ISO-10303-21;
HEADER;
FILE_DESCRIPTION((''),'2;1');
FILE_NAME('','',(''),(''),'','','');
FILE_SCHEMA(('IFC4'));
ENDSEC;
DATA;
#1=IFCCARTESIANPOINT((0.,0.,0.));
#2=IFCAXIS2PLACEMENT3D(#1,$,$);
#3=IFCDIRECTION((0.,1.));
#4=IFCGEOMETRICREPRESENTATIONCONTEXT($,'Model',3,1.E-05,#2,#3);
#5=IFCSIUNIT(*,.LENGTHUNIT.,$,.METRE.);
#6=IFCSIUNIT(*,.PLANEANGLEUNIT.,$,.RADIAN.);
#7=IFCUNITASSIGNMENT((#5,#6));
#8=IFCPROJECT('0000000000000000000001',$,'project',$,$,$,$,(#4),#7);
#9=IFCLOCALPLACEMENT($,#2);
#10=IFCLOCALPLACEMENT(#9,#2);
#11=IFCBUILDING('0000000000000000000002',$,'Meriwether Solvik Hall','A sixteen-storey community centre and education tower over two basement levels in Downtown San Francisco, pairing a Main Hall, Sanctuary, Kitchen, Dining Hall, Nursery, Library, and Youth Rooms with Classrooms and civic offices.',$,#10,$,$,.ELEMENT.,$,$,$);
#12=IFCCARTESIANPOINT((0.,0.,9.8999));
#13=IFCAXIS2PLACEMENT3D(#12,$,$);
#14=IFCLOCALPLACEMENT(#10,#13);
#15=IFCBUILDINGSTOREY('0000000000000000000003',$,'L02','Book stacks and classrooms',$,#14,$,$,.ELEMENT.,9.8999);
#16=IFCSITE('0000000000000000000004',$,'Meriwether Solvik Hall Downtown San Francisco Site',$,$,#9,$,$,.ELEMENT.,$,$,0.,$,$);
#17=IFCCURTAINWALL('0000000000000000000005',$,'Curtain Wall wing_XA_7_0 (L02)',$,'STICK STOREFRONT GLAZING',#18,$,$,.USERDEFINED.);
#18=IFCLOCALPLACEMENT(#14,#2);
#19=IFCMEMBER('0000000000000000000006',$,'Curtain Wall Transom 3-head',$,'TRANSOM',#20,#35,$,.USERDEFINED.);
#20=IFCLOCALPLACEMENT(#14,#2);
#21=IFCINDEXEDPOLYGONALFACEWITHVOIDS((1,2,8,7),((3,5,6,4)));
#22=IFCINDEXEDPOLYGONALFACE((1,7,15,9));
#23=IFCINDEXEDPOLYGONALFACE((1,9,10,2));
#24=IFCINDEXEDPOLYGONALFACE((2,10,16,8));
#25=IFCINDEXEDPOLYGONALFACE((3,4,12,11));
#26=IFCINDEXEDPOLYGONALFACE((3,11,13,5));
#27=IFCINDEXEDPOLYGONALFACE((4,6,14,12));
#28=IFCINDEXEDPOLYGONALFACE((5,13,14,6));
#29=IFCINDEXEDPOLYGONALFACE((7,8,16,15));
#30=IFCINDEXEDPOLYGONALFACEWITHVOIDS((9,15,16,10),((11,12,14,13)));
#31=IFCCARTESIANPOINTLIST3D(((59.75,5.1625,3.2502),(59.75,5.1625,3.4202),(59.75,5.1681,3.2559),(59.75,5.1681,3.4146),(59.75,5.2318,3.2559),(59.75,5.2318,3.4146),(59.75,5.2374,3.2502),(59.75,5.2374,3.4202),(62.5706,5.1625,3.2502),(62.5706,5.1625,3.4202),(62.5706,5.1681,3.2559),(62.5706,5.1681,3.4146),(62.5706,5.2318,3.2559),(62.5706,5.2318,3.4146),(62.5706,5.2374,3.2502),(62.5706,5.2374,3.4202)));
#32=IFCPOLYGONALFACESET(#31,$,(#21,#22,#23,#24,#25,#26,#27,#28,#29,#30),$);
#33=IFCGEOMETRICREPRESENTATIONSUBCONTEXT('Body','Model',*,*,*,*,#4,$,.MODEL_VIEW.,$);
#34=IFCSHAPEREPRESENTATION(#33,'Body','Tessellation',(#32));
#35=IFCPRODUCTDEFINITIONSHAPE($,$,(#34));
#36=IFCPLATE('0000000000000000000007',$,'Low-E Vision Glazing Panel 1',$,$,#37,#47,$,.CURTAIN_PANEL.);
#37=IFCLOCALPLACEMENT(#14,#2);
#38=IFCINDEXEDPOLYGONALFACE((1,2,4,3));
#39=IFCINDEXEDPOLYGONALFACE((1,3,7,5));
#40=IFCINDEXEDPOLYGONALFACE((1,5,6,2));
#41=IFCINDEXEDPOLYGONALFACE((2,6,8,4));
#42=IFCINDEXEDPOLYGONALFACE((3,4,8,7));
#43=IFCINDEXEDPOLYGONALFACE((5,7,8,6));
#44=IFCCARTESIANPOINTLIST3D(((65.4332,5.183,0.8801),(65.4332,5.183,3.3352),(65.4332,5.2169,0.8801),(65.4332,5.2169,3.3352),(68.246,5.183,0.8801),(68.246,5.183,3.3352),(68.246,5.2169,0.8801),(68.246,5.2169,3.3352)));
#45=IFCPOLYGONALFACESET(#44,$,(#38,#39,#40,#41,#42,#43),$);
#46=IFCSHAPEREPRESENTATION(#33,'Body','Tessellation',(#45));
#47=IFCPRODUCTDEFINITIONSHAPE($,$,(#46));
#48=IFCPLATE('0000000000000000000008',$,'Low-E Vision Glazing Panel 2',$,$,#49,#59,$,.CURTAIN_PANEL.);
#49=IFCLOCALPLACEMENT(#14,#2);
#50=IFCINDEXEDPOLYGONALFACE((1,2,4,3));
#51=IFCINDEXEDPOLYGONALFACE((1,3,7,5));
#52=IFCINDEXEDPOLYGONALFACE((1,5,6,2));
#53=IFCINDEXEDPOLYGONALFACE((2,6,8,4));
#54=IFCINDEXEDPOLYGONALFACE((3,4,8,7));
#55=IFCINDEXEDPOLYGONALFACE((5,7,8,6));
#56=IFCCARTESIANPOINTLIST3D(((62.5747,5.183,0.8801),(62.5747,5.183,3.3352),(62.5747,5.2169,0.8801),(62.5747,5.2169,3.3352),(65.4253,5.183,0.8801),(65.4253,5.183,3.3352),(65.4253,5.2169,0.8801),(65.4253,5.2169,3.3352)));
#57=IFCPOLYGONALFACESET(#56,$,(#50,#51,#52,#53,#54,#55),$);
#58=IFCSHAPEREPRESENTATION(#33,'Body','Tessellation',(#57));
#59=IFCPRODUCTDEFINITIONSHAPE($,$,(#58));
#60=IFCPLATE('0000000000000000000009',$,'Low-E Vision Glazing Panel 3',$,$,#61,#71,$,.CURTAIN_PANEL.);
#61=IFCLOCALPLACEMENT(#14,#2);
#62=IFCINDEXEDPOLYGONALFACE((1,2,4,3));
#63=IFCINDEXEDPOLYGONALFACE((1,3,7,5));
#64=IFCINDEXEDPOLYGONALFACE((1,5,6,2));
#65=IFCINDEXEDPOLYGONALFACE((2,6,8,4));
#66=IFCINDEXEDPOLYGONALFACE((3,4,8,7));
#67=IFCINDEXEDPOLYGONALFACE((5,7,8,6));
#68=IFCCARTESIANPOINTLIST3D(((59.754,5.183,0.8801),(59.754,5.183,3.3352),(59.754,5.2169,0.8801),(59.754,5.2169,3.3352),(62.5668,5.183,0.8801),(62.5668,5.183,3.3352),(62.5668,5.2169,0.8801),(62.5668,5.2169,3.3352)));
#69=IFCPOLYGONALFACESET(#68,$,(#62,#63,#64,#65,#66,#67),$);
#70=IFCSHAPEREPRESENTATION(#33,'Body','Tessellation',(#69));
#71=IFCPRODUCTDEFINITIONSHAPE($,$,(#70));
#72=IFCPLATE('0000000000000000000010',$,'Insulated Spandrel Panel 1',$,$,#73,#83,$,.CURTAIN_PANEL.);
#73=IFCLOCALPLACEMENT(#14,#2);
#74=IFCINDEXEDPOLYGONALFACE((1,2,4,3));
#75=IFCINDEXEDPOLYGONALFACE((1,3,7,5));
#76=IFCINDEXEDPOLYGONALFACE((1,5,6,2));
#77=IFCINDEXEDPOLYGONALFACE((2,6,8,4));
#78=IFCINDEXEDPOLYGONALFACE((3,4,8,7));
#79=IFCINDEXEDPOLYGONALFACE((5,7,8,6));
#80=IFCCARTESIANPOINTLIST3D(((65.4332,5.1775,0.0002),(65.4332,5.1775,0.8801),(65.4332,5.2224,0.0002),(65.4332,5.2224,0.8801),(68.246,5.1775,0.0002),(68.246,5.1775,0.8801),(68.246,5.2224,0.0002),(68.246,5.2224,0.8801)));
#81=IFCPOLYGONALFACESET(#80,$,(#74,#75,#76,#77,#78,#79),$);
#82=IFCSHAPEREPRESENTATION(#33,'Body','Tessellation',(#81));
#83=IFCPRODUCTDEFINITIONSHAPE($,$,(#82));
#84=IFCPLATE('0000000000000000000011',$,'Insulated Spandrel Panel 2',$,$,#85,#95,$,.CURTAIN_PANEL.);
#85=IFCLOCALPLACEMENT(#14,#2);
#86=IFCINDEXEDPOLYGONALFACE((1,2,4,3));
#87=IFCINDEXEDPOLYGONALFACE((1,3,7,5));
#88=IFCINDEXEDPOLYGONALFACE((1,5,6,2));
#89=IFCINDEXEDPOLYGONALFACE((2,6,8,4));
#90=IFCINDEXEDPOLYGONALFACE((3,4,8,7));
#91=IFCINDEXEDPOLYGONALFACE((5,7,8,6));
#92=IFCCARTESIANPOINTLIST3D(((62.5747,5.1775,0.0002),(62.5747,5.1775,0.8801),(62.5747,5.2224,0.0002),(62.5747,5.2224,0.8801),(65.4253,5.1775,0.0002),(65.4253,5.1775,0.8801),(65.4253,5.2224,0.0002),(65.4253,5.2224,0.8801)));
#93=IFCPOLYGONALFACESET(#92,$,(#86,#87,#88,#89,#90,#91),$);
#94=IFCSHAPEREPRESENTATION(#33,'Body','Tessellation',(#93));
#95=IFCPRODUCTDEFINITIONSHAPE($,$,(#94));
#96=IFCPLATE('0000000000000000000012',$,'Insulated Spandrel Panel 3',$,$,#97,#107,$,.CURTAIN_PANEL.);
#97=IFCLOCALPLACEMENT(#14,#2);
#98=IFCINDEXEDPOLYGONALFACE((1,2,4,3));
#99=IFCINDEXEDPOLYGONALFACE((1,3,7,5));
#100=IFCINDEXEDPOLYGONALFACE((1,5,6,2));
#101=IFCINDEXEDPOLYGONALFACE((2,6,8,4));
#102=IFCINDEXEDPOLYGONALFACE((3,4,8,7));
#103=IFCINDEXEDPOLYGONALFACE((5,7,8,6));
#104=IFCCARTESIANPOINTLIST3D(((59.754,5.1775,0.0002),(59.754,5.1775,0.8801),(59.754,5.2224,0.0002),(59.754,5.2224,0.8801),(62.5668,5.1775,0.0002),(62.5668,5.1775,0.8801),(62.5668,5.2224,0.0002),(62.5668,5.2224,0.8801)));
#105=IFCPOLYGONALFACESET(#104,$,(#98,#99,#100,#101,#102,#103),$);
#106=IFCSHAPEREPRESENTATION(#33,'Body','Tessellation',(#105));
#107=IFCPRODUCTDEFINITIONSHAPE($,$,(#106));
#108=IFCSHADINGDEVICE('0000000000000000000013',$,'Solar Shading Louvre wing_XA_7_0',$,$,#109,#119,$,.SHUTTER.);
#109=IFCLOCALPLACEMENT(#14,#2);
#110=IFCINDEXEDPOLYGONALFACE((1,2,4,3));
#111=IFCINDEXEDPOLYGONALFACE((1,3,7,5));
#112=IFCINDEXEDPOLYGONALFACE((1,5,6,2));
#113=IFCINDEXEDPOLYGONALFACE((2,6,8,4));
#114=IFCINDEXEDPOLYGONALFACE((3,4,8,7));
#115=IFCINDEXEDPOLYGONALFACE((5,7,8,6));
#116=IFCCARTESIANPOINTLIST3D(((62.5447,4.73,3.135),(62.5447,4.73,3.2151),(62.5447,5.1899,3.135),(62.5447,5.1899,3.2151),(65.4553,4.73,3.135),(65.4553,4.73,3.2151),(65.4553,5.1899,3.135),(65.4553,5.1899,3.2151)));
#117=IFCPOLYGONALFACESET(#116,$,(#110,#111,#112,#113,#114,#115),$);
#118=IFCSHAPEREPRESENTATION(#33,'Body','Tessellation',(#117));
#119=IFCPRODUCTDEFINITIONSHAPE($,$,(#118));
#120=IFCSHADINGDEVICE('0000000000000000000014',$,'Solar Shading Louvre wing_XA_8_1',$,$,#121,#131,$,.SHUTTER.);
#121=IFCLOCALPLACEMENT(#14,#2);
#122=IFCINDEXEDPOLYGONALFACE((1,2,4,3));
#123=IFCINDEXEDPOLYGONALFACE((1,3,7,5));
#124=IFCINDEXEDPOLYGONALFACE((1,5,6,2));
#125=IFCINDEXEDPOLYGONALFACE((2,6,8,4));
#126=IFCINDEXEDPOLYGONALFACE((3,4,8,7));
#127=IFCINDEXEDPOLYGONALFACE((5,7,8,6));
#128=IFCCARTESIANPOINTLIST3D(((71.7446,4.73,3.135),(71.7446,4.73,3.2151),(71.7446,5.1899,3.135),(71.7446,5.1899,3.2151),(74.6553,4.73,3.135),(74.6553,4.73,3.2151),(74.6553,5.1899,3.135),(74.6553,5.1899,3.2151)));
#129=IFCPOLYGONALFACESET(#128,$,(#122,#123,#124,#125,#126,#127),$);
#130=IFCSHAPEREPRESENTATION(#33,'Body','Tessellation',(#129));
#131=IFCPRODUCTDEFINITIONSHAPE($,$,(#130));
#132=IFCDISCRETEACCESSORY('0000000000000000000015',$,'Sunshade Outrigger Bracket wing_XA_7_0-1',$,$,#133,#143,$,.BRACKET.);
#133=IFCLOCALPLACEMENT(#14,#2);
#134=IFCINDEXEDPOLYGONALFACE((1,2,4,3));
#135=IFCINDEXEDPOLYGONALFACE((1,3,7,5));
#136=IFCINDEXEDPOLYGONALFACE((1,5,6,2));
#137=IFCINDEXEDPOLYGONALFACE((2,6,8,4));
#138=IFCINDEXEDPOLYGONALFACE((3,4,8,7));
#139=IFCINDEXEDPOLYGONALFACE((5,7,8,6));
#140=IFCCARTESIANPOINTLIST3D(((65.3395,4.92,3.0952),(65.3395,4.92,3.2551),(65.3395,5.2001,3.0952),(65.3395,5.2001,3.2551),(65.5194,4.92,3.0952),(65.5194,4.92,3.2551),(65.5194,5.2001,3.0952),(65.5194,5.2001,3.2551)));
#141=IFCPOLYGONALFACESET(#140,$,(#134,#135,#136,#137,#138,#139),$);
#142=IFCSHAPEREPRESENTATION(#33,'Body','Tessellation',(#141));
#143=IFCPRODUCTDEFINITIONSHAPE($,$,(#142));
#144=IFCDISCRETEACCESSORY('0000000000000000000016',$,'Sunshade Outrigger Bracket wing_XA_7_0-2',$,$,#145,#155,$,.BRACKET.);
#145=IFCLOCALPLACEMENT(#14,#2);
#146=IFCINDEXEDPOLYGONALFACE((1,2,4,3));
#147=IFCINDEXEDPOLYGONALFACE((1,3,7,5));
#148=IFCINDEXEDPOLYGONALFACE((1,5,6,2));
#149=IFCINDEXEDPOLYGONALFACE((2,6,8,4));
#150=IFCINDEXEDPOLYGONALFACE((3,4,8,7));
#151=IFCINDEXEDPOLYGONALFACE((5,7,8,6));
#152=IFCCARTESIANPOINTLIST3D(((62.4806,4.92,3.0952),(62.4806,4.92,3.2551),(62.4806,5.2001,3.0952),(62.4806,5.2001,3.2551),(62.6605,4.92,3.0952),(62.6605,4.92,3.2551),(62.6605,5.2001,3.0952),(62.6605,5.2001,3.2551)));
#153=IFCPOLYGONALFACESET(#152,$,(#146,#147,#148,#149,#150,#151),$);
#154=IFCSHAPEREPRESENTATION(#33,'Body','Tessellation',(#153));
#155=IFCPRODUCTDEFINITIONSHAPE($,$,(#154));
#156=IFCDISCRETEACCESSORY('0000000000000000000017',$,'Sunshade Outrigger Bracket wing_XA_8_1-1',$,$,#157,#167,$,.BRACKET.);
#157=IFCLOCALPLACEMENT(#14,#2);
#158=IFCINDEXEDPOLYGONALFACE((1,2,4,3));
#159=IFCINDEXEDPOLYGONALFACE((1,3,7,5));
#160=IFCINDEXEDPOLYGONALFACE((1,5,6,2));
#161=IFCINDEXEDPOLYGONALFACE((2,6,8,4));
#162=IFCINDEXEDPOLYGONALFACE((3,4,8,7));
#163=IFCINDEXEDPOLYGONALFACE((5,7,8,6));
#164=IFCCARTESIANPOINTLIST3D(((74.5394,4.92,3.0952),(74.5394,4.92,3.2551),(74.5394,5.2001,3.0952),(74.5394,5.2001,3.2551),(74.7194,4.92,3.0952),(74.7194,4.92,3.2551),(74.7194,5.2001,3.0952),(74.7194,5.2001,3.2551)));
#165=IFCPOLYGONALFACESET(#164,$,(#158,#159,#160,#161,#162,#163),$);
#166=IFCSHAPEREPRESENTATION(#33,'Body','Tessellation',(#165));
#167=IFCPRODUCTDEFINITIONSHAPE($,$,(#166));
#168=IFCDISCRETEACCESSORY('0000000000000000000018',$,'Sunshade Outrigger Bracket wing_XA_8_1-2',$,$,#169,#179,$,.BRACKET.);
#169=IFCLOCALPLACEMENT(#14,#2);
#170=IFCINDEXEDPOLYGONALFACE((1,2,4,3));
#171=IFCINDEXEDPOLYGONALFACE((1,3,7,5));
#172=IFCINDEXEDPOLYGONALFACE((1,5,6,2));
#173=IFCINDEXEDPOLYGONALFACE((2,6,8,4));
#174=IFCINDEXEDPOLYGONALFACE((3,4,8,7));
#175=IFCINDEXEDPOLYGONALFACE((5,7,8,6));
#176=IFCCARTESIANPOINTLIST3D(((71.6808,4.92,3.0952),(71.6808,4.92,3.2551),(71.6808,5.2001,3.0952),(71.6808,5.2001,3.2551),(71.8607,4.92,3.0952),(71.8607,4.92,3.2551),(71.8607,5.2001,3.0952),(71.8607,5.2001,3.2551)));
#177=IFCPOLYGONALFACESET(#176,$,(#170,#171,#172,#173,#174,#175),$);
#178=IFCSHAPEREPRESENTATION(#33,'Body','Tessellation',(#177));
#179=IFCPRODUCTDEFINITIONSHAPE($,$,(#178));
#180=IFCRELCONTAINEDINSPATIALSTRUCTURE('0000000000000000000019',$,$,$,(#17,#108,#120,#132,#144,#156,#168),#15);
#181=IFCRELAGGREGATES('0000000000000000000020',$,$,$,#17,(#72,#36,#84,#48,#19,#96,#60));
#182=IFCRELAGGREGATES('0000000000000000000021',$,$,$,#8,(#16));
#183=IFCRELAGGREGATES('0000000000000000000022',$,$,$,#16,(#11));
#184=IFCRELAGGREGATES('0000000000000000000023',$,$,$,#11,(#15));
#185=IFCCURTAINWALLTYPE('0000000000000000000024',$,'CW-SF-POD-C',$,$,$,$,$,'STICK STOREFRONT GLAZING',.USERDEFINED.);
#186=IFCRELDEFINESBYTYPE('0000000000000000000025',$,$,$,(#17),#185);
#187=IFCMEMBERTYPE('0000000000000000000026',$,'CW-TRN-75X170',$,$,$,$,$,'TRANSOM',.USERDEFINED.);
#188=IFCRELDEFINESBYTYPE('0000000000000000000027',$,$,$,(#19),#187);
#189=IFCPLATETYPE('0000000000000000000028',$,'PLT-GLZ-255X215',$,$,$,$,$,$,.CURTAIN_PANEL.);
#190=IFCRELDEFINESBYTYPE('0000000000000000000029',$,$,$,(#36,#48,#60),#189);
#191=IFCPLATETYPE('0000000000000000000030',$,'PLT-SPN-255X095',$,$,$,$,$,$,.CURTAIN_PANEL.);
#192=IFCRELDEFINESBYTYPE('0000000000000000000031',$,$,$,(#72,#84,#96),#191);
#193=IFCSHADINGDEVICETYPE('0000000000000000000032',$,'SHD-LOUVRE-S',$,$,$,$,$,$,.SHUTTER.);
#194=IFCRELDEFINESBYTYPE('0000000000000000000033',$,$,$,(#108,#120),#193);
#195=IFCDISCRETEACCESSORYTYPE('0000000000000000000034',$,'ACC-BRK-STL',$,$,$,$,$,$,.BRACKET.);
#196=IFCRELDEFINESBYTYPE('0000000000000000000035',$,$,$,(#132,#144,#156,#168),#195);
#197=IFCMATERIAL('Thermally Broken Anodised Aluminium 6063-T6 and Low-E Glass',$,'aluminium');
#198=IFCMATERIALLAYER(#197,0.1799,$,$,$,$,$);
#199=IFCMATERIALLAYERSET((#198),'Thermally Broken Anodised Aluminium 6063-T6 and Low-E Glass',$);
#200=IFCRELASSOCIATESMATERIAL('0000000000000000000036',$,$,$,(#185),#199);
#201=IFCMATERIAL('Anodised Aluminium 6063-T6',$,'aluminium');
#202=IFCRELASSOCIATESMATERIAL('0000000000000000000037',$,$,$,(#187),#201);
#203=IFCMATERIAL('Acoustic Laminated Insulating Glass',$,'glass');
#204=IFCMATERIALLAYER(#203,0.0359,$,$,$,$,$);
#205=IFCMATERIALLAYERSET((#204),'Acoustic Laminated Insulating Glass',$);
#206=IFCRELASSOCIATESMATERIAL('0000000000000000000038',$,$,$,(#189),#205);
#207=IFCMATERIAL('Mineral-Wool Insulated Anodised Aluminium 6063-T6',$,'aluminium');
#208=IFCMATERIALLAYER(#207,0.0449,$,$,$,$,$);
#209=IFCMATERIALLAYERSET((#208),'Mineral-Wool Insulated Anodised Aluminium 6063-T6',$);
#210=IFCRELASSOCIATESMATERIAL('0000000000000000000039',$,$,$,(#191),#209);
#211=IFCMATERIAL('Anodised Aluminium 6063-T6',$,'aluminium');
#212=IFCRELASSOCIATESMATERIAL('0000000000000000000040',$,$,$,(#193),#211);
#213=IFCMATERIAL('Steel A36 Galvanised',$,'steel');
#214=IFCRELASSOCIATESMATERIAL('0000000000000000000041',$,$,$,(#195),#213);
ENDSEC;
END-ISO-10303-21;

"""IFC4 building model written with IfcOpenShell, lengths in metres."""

from ifc_helpers import new_model, si_unit, direction, frame, origin, origin_2d, place, context, subcontext, project, spatial, rectangle, hollow_rectangle, extrude, material, layer, layer_set, material_profile, profile_set, type_object, element, aggregate, save


model = new_model("IFC4")

# Units and contexts
model_context = context("Model", 3, precision=1e-05, world=origin(), true_north=direction((0.0, 1.0)))
body_context = subcontext(model_context, "Body", "Model", "MODEL_VIEW")
ifc_project = project(units=[si_unit("LENGTHUNIT", "METRE"), si_unit("PLANEANGLEUNIT", "RADIAN")], contexts=[model_context])

# Site, building, storey
site_placement = place(None, origin())
site = spatial("IfcSite", under=ifc_project, at=site_placement, Name="Meriwether Solvik Hall Downtown San Francisco Site", CompositionType="ELEMENT", RefElevation=0.0)
building_placement = place(site_placement, origin())
building = spatial("IfcBuilding", under=site, at=building_placement, Name="Meriwether Solvik Hall", Description="A sixteen-storey community centre and education tower over two basement levels in Downtown San Francisco, pairing a Main Hall, Sanctuary, Kitchen, Dining Hall, Nursery, Library, and Youth Rooms with Classrooms and civic offices.", CompositionType="ELEMENT")
storey_placement = place(building_placement, frame((0.0, 0.0, 9.8999)))
storey = spatial("IfcBuildingStorey", under=building, at=storey_placement, Name="L02", Description="Book stacks and classrooms", CompositionType="ELEMENT", Elevation=9.8999)

# Curtain wall, member, plates
ifc_material_1 = material(Name="Thermally Broken Anodised Aluminium 6063-T6 and Low-E Glass", Category="aluminium")
ifc_layer_1 = layer(ifc_material_1, 0.1799)
ifc_layer_set_1 = layer_set([ifc_layer_1], Name="Thermally Broken Anodised Aluminium 6063-T6 and Low-E Glass")
curtain_wall_type = type_object("IfcCurtainWallType", Name="CW-SF-POD-C", ElementType="STICK STOREFRONT GLAZING", PredefinedType="USERDEFINED", material=ifc_layer_set_1)
curtain_wall_placement = place(storey_placement, origin())
curtain_wall = element("IfcCurtainWall", 1, at=curtain_wall_placement, inside=storey, type_object=curtain_wall_type, Name="Curtain Wall wing_XA_7_0 (L02)", ObjectType="STICK STOREFRONT GLAZING", PredefinedType="USERDEFINED")
ifc_material_2 = material(Name="Anodised Aluminium 6063-T6", Category="aluminium")
ifc_material_profile_1 = material_profile(ifc_material_2, hollow_rectangle(XDim=0.075, YDim=0.1699, WallThickness=0.0056, at=origin_2d()), Name="CWT-75X170")
ifc_profile_set_1 = profile_set([ifc_material_profile_1], Name="Anodised Aluminium 6063-T6")
member_type_1 = type_object("IfcMemberType", Name="CW-TRN-75X170", ElementType="TRANSOM", PredefinedType="USERDEFINED", material=ifc_profile_set_1)
member_1_placement = place(storey_placement, frame((62.5706, 5.2, 3.3352), z_axis=(-1.0, 0.0, 0.0), x_axis=(0.0, -1.0, 0.0)))
member_1 = element("IfcMember", 2, at=member_1_placement, type_object=member_type_1, Name="Curtain Wall Transom 3-head", ObjectType="TRANSOM", PredefinedType="USERDEFINED", context=body_context, shape_type="SweptSolid", body=[
    extrude(hollow_rectangle(XDim=0.075, YDim=0.1699, WallThickness=0.0056, at=origin_2d()), origin(), (0.0, 0.0, 1.0), 2.8206),
])
ifc_material_3 = material(Name="Acoustic Laminated Insulating Glass", Category="glass")
ifc_layer_2 = layer(ifc_material_3, 0.0359)
ifc_layer_set_2 = layer_set([ifc_layer_2], Name="Acoustic Laminated Insulating Glass")
plate_type_1 = type_object("IfcPlateType", Name="PLT-GLZ-255X215", PredefinedType="CURTAIN_PANEL", material=ifc_layer_set_2)
plate_1_placement = place(storey_placement, frame((66.8396, 5.2, 0.8801), z_axis=(0.0, 0.0, 1.0), x_axis=(-1.0, 0.0, 0.0)))
plate_1 = element("IfcPlate", 3, at=plate_1_placement, type_object=plate_type_1, Name="Low-E Vision Glazing Panel 1", PredefinedType="CURTAIN_PANEL", context=body_context, shape_type="SweptSolid", body=[
    extrude(rectangle(XDim=2.8127, YDim=0.0339, at=origin_2d()), origin(), (0.0, 0.0, 1.0), 2.4551),
])
plate_2_placement = place(storey_placement, frame((64.0, 5.2, 0.8801), z_axis=(0.0, 0.0, 1.0), x_axis=(-1.0, 0.0, 0.0)))
plate_2 = element("IfcPlate", 4, at=plate_2_placement, type_object=plate_type_1, Name="Low-E Vision Glazing Panel 2", PredefinedType="CURTAIN_PANEL", context=body_context, shape_type="SweptSolid", body=[
    extrude(rectangle(XDim=2.8506, YDim=0.0339, at=origin_2d()), origin(), (0.0, 0.0, 1.0), 2.4551),
])
plate_3_placement = place(storey_placement, frame((61.1604, 5.2, 0.8801), z_axis=(0.0, 0.0, 1.0), x_axis=(-1.0, 0.0, 0.0)))
plate_3 = element("IfcPlate", 5, at=plate_3_placement, type_object=plate_type_1, Name="Low-E Vision Glazing Panel 3", PredefinedType="CURTAIN_PANEL", context=body_context, shape_type="SweptSolid", body=[
    extrude(rectangle(XDim=2.8127, YDim=0.0339, at=origin_2d()), origin(), (0.0, 0.0, 1.0), 2.4551),
])
ifc_material_4 = material(Name="Mineral-Wool Insulated Anodised Aluminium 6063-T6", Category="aluminium")
ifc_layer_3 = layer(ifc_material_4, 0.0449)
ifc_layer_set_3 = layer_set([ifc_layer_3], Name="Mineral-Wool Insulated Anodised Aluminium 6063-T6")
plate_type_2 = type_object("IfcPlateType", Name="PLT-SPN-255X095", PredefinedType="CURTAIN_PANEL", material=ifc_layer_set_3)
plate_4_placement = place(storey_placement, frame((66.8396, 5.2, 0.0002), z_axis=(0.0, 0.0, 1.0), x_axis=(-1.0, 0.0, 0.0)))
plate_4 = element("IfcPlate", 6, at=plate_4_placement, type_object=plate_type_2, Name="Insulated Spandrel Panel 1", PredefinedType="CURTAIN_PANEL", context=body_context, shape_type="SweptSolid", body=[
    extrude(rectangle(XDim=2.8127, YDim=0.0449, at=origin_2d()), origin(), (0.0, 0.0, 1.0), 0.8799),
])
plate_5_placement = place(storey_placement, frame((64.0, 5.2, 0.0002), z_axis=(0.0, 0.0, 1.0), x_axis=(-1.0, 0.0, 0.0)))
plate_5 = element("IfcPlate", 7, at=plate_5_placement, type_object=plate_type_2, Name="Insulated Spandrel Panel 2", PredefinedType="CURTAIN_PANEL", context=body_context, shape_type="SweptSolid", body=[
    extrude(rectangle(XDim=2.8506, YDim=0.0449, at=origin_2d()), origin(), (0.0, 0.0, 1.0), 0.8799),
])
plate_6_placement = place(storey_placement, frame((61.1604, 5.2, 0.0002), z_axis=(0.0, 0.0, 1.0), x_axis=(-1.0, 0.0, 0.0)))
plate_6 = element("IfcPlate", 8, at=plate_6_placement, type_object=plate_type_2, Name="Insulated Spandrel Panel 3", PredefinedType="CURTAIN_PANEL", context=body_context, shape_type="SweptSolid", body=[
    extrude(rectangle(XDim=2.8127, YDim=0.0449, at=origin_2d()), origin(), (0.0, 0.0, 1.0), 0.8799),
])
aggregate(curtain_wall, [plate_4, plate_1, plate_5, plate_2, member_1, plate_6, plate_3])

# Shading devices
ifc_material_5 = material(Name="Anodised Aluminium 6063-T6", Category="aluminium")
shading_device_type = type_object("IfcShadingDeviceType", Name="SHD-LOUVRE-S", PredefinedType="SHUTTER", material=ifc_material_5)
for number, where, z_axis, x_axis, name in (
    (9, (64.0, 4.96, 3.135), (0.0, 0.0, 1.0), (-1.0, 0.0, 0.0), "Solar Shading Louvre wing_XA_7_0"),
    (10, (73.2, 4.96, 3.135), (0.0, 0.0, 1.0), (-1.0, 0.0, 0.0), "Solar Shading Louvre wing_XA_8_1"),
):
    element("IfcShadingDevice", number, at=place(storey_placement, frame(where, z_axis=z_axis, x_axis=x_axis)), inside=storey, type_object=shading_device_type, Name=name, PredefinedType="SHUTTER", context=body_context, shape_type="SweptSolid", body=[
        extrude(rectangle(XDim=2.9106, YDim=0.46, at=origin_2d()), origin(), (0.0, 0.0, 1.0), 0.0801),
    ])

# Discrete accessories
ifc_material_6 = material(Name="Steel A36 Galvanised", Category="steel")
discrete_accessory_type = type_object("IfcDiscreteAccessoryType", Name="ACC-BRK-STL", PredefinedType="BRACKET", material=ifc_material_6)
for number, where, z_axis, x_axis, name in (
    (11, (65.4294, 5.0601, 3.0952), (0.0, 0.0, 1.0), (-1.0, 0.0, 0.0), "Sunshade Outrigger Bracket wing_XA_7_0-1"),
    (12, (62.5706, 5.0601, 3.0952), (0.0, 0.0, 1.0), (-1.0, 0.0, 0.0), "Sunshade Outrigger Bracket wing_XA_7_0-2"),
    (13, (74.6294, 5.0601, 3.0952), (0.0, 0.0, 1.0), (-1.0, 0.0, 0.0), "Sunshade Outrigger Bracket wing_XA_8_1-1"),
    (14, (71.7708, 5.0601, 3.0952), (0.0, 0.0, 1.0), (-1.0, 0.0, 0.0), "Sunshade Outrigger Bracket wing_XA_8_1-2"),
):
    element("IfcDiscreteAccessory", number, at=place(storey_placement, frame(where, z_axis=z_axis, x_axis=x_axis)), inside=storey, type_object=discrete_accessory_type, Name=name, PredefinedType="BRACKET", context=body_context, shape_type="SweptSolid", body=[
        extrude(rectangle(XDim=0.1799, YDim=0.28, at=origin_2d()), origin(), (0.0, 0.0, 1.0), 0.1599),
    ])

save(model, "model.ifc")
